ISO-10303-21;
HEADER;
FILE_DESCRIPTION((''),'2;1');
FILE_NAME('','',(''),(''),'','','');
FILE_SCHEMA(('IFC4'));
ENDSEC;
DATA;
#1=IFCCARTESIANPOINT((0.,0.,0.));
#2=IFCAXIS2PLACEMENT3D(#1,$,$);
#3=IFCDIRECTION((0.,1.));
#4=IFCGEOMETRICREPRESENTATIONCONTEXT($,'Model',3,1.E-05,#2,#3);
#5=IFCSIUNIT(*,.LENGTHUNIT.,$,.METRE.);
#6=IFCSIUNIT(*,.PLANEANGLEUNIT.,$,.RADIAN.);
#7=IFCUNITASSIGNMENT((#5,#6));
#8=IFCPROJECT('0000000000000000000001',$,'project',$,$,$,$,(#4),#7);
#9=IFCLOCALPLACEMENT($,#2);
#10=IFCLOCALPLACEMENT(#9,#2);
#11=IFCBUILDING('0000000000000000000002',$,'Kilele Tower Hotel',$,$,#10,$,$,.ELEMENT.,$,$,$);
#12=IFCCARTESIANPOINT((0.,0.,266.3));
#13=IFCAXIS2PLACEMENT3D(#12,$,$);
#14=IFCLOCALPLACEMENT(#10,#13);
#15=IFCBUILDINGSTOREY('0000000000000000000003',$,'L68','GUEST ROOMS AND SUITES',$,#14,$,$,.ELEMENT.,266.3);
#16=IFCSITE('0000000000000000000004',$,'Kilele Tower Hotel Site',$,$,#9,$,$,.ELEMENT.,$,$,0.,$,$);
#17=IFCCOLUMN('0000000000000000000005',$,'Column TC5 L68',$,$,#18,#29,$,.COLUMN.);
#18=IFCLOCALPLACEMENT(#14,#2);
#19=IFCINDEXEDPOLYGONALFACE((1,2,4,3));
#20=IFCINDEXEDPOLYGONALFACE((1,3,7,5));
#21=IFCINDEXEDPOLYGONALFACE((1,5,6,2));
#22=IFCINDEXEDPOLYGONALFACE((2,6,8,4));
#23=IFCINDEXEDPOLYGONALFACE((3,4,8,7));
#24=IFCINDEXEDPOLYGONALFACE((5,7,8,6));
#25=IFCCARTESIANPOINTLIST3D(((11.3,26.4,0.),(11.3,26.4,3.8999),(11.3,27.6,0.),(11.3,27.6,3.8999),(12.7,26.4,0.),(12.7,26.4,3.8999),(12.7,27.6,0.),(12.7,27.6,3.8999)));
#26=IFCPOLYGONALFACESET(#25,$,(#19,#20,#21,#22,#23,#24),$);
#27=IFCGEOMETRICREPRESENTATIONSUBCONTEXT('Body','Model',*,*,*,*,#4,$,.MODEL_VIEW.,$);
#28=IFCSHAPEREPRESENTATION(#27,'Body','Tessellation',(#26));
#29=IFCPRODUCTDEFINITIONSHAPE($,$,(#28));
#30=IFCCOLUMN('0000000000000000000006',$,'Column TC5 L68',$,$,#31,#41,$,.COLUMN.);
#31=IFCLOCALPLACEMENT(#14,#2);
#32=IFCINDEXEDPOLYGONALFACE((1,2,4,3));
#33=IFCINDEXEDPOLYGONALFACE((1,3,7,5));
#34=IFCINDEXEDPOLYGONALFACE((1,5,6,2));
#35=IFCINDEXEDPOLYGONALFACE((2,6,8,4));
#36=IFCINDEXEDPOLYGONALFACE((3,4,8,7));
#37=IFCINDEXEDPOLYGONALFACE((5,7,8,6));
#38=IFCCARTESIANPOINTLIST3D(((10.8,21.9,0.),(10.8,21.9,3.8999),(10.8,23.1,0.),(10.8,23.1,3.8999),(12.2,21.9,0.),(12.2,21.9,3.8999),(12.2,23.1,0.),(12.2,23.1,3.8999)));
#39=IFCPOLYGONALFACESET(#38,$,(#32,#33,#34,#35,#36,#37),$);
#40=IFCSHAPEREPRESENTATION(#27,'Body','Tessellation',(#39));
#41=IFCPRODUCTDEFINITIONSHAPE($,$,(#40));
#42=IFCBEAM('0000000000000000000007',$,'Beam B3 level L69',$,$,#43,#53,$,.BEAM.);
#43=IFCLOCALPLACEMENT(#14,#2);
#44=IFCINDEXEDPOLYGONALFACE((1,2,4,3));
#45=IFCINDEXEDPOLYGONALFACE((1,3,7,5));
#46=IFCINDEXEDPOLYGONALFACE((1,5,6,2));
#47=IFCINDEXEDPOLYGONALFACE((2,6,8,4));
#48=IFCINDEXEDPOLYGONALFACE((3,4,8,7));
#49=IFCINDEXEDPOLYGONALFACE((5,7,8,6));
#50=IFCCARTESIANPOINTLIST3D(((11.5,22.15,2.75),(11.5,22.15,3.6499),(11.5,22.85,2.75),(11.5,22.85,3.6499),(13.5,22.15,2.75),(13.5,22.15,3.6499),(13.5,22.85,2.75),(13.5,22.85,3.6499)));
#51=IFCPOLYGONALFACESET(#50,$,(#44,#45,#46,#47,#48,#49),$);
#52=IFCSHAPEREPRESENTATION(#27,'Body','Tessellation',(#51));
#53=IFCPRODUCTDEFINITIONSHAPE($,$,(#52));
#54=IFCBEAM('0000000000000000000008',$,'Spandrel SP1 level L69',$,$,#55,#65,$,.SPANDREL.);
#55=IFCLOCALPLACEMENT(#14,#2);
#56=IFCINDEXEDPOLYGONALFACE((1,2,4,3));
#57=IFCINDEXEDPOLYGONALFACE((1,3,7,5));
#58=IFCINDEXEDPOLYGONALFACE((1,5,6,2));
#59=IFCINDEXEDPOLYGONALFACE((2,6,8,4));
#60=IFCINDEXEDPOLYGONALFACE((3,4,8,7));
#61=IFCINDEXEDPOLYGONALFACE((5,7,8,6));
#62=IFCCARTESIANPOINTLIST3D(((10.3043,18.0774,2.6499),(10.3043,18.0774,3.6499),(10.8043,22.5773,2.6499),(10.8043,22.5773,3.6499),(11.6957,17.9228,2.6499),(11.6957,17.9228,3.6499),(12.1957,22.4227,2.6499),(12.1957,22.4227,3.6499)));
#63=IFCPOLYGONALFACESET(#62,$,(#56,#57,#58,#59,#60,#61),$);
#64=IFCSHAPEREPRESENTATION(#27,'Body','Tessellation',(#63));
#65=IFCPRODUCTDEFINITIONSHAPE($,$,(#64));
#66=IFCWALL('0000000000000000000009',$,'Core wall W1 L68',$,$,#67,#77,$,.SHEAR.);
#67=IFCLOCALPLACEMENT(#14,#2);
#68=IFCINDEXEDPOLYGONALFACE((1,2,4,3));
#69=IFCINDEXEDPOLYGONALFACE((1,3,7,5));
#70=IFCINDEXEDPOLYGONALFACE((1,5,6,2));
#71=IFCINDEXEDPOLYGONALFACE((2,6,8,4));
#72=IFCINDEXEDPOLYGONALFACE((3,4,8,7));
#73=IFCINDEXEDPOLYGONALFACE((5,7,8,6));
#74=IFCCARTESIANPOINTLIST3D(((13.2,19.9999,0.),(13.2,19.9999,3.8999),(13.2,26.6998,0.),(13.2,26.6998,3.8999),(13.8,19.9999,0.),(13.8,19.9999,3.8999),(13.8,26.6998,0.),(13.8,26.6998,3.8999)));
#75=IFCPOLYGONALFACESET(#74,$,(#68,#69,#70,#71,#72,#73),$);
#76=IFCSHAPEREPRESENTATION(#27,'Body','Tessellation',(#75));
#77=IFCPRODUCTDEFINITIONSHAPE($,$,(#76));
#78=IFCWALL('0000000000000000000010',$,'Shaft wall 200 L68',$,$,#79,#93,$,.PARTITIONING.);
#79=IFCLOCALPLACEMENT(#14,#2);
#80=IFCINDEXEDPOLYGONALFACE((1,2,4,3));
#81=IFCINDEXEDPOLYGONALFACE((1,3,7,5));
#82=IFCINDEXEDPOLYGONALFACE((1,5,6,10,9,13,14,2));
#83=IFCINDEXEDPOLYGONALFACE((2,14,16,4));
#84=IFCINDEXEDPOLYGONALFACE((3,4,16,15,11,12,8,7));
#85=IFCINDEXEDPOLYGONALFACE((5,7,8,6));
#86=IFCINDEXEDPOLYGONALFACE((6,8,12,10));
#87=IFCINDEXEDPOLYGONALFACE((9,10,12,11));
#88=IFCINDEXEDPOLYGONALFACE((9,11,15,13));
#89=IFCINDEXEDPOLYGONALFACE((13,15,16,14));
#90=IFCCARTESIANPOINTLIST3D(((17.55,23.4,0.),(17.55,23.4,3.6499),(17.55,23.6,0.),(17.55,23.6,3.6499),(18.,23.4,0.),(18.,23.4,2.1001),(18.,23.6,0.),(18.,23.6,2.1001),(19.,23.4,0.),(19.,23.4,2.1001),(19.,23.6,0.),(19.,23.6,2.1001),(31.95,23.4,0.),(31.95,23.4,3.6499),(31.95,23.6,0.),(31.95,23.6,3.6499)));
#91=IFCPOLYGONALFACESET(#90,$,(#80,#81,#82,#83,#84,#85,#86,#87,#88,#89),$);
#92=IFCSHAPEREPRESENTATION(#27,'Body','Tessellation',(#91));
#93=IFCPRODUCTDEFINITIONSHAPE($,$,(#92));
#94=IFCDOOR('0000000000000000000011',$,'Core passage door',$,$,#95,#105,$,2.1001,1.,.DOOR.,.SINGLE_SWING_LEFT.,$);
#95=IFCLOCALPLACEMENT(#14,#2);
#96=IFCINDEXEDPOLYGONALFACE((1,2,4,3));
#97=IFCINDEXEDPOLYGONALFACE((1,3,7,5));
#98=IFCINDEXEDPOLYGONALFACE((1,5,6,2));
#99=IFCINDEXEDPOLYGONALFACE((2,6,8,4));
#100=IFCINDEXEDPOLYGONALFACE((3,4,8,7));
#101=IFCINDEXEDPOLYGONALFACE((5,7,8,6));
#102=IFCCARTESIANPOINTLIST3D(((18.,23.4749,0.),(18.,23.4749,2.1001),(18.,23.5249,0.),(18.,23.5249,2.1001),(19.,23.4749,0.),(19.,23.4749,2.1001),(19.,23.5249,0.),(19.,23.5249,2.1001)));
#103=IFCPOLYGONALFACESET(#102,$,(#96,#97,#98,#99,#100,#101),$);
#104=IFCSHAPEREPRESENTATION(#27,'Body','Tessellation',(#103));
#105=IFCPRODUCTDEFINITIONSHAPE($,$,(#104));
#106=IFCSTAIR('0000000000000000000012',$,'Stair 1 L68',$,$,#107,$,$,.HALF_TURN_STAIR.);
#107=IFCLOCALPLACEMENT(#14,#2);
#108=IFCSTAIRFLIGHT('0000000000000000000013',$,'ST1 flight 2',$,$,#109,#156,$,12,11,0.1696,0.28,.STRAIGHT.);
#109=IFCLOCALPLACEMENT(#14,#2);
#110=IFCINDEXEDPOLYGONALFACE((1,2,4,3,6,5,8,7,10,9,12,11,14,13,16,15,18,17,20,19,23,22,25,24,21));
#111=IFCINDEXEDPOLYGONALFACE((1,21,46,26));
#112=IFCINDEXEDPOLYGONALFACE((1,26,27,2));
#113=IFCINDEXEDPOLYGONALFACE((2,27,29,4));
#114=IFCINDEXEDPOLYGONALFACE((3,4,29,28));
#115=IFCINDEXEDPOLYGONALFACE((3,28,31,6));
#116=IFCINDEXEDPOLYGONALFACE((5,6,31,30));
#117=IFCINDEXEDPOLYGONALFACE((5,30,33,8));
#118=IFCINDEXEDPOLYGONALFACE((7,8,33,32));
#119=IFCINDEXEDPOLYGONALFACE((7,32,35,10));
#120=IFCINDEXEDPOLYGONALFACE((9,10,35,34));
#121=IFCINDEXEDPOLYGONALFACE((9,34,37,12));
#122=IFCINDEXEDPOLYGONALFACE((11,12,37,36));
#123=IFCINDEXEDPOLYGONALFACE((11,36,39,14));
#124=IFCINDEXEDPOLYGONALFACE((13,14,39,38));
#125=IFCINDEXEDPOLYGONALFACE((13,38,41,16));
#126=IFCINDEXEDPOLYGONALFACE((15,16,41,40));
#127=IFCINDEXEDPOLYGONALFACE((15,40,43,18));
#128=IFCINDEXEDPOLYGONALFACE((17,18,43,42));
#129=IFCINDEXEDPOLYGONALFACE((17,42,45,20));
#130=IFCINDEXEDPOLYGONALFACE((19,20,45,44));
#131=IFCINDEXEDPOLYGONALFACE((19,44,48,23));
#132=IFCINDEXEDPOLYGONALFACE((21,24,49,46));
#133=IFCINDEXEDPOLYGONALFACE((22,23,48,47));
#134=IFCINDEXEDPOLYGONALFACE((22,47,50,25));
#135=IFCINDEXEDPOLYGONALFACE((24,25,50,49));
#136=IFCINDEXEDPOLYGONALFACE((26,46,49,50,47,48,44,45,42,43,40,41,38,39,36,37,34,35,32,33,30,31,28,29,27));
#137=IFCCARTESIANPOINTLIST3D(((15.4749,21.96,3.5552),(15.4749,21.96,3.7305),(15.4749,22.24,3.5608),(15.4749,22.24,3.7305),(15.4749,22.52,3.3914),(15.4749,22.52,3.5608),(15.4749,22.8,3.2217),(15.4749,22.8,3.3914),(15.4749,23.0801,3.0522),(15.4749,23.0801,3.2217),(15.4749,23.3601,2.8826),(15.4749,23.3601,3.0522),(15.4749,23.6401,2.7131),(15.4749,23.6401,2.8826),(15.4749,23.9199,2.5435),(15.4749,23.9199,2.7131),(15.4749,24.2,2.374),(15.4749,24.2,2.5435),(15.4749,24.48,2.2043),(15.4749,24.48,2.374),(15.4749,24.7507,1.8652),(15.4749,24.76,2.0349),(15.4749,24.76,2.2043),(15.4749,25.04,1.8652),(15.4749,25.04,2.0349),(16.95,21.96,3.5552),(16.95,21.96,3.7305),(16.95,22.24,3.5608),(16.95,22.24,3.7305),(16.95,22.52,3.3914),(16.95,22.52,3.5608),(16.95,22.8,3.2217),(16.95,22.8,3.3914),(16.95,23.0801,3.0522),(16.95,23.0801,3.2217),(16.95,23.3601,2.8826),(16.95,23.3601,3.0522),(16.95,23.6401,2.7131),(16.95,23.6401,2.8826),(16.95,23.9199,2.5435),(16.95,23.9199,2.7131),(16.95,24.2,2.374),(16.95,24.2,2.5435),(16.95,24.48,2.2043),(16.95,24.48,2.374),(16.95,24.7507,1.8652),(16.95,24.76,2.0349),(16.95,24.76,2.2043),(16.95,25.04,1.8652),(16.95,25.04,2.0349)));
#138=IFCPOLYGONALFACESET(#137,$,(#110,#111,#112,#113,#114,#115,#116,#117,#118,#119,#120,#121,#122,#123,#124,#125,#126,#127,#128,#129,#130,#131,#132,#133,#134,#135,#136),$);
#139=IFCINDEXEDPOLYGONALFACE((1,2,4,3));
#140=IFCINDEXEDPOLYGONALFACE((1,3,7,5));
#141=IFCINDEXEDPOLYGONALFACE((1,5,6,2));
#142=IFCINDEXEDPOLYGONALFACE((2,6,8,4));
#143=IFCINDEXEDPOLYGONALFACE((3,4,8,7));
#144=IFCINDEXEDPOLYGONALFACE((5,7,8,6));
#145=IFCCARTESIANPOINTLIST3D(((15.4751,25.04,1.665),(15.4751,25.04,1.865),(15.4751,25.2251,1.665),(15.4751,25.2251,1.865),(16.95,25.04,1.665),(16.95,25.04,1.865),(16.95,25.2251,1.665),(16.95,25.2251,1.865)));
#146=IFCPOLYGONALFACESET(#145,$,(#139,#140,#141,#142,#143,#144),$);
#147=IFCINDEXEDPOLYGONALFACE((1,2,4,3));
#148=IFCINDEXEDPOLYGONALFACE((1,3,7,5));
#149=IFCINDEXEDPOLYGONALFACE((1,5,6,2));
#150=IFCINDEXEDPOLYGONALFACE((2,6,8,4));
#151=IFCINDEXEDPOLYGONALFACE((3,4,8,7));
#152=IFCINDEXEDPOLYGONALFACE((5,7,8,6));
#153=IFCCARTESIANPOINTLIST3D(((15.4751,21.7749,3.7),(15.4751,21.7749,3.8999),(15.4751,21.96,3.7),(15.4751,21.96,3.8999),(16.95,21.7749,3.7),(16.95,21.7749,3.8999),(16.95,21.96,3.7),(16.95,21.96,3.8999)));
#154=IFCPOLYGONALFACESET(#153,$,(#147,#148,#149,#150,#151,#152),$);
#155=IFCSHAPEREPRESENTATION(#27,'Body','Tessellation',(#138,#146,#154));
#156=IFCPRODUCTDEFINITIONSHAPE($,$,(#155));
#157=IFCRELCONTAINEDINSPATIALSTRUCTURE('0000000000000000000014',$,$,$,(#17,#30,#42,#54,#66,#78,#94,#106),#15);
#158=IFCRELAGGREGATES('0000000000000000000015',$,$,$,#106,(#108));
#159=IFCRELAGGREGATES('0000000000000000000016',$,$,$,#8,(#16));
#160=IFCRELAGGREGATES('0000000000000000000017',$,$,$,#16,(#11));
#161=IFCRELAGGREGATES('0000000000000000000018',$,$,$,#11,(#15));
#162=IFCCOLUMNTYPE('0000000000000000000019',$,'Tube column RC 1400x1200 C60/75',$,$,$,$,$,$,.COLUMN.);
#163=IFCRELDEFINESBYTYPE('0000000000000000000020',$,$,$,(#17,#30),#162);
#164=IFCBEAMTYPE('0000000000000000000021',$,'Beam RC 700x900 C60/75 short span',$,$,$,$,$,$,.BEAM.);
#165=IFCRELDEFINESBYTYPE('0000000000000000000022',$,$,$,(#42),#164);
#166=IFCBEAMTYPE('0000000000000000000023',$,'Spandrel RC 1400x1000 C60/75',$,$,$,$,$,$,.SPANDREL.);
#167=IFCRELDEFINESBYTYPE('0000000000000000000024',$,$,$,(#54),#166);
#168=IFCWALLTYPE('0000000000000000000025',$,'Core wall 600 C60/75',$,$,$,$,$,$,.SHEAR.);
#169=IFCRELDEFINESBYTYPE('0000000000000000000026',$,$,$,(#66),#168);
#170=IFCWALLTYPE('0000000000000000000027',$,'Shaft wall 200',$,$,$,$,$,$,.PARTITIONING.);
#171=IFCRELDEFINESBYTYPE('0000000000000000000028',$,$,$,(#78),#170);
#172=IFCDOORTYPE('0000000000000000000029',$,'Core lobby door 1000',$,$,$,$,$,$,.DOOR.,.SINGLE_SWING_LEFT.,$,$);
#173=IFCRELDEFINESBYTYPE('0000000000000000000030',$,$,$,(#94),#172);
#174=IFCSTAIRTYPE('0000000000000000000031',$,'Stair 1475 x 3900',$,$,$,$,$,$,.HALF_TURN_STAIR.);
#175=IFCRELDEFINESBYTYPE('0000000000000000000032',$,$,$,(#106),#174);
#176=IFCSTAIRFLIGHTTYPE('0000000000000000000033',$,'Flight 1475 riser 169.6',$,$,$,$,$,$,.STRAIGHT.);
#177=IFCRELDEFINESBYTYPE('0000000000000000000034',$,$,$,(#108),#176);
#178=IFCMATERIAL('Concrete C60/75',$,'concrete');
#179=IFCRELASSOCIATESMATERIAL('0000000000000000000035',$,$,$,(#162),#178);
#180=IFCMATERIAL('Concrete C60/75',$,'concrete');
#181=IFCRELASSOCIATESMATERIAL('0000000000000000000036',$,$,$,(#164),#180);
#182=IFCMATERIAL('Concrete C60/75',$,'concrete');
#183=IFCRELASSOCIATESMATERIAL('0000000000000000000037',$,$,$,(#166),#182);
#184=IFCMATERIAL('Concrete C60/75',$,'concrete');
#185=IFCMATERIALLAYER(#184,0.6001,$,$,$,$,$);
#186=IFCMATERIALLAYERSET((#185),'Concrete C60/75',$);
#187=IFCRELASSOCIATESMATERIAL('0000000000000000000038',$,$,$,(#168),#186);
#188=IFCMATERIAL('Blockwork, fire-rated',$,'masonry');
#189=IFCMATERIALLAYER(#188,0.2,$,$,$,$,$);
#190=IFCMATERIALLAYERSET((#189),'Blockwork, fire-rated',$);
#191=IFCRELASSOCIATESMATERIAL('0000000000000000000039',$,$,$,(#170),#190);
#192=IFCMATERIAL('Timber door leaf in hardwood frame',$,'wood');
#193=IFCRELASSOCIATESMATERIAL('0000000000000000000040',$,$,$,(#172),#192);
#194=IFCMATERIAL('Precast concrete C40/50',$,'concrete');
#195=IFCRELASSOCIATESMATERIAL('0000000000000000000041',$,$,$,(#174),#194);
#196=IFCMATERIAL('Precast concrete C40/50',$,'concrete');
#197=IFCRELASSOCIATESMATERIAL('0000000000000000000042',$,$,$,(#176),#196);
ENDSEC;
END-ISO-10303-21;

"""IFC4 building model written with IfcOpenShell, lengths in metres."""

from ifc_helpers import new_model, si_unit, direction, frame, frame_2d, origin, origin_2d, place, context, subcontext, project, spatial, polyline, rectangle, outline, extrude, material, layer, layer_set, material_profile, profile_set, type_object, element, fill, aggregate, save


model = new_model("IFC4")

# Units and contexts
model_context = context("Model", 3, precision=1e-05, world=origin(), true_north=direction((0.0, 1.0)))
body_context = subcontext(model_context, "Body", "Model", "MODEL_VIEW")
ifc_project = project(units=[si_unit("LENGTHUNIT", "METRE"), si_unit("PLANEANGLEUNIT", "RADIAN")], contexts=[model_context])

# Site, building, storey
site_placement = place(None, origin())
site = spatial("IfcSite", under=ifc_project, at=site_placement, Name="Kilele Tower Hotel Site", CompositionType="ELEMENT", RefElevation=0.0)
building_placement = place(site_placement, origin())
building = spatial("IfcBuilding", under=site, at=building_placement, Name="Kilele Tower Hotel", CompositionType="ELEMENT")
storey_placement = place(building_placement, frame((0.0, 0.0, 266.3)))
storey = spatial("IfcBuildingStorey", under=building, at=storey_placement, Name="L68", Description="GUEST ROOMS AND SUITES", CompositionType="ELEMENT", Elevation=266.3)

# Columns
ifc_material_1 = material(Name="Concrete C60/75", Category="concrete")
ifc_material_profile_1 = material_profile(ifc_material_1, rectangle(XDim=1.3999, YDim=1.2, at=origin_2d()))
ifc_profile_set_1 = profile_set([ifc_material_profile_1], Name="Concrete C60/75")
column_type = type_object("IfcColumnType", Name="Tube column RC 1400x1200 C60/75", PredefinedType="COLUMN", material=ifc_profile_set_1)
for number, where, z_axis, x_axis, name in (
    (1, (12.0, 27.0, 0.0), (0.0, 0.0, 1.0), (1.0, 0.0, 0.0), "Column TC5 L68"),
    (2, (11.5, 22.5, 0.0), (0.0, 0.0, 1.0), (1.0, 0.0, 0.0), "Column TC5 L68"),
):
    element("IfcColumn", number, at=place(storey_placement, frame(where, z_axis=z_axis, x_axis=x_axis)), inside=storey, type_object=column_type, Name=name, PredefinedType="COLUMN", context=body_context, shape_type="SweptSolid", body=[
        extrude(rectangle(XDim=1.3999, YDim=1.2, at=origin_2d()), origin(), (0.0, 0.0, 1.0), 3.8999),
    ])

# Beams
ifc_material_2 = material(Name="Concrete C60/75", Category="concrete")
ifc_material_profile_2 = material_profile(ifc_material_2, rectangle(XDim=0.7, YDim=0.8999, at=origin_2d()))
ifc_profile_set_2 = profile_set([ifc_material_profile_2], Name="Concrete C60/75")
beam_type_1 = type_object("IfcBeamType", Name="Beam RC 700x900 C60/75 short span", PredefinedType="BEAM", material=ifc_profile_set_2)
beam_1_placement = place(storey_placement, frame((11.5, 22.5, 3.2), z_axis=(1.0, 0.0, 0.0), x_axis=(0.0, 1.0, 0.0)))
element("IfcBeam", 3, at=beam_1_placement, inside=storey, type_object=beam_type_1, Name="Beam B3 level L69", PredefinedType="BEAM", context=body_context, shape_type="SweptSolid", body=[
    extrude(rectangle(XDim=0.7, YDim=0.8999, at=origin_2d()), origin(), (0.0, 0.0, 1.0), 2.0),
])
ifc_material_3 = material(Name="Concrete C60/75", Category="concrete")
ifc_material_profile_3 = material_profile(ifc_material_3, rectangle(XDim=1.3999, YDim=1.0, at=origin_2d()))
ifc_profile_set_3 = profile_set([ifc_material_profile_3], Name="Concrete C60/75")
beam_type_2 = type_object("IfcBeamType", Name="Spandrel RC 1400x1000 C60/75", PredefinedType="SPANDREL", material=ifc_profile_set_3)
beam_2_placement = place(storey_placement, frame((11.5, 22.5, 3.1499), z_axis=(-0.110432, -0.993884, 0.0), x_axis=(0.993884, -0.110432, 0.0)))
element("IfcBeam", 4, at=beam_2_placement, inside=storey, type_object=beam_type_2, Name="Spandrel SP1 level L69", PredefinedType="SPANDREL", context=body_context, shape_type="SweptSolid", body=[
    extrude(rectangle(XDim=1.3999, YDim=1.0, at=origin_2d()), origin(), (0.0, 0.0, 1.0), 4.5276),
])

# Wall
ifc_material_4 = material(Name="Concrete C60/75", Category="concrete")
ifc_layer_1 = layer(ifc_material_4, 0.6001)
ifc_layer_set_1 = layer_set([ifc_layer_1], Name="Concrete C60/75")
wall_type_1 = type_object("IfcWallType", Name="Core wall 600 C60/75", PredefinedType="SHEAR", material=ifc_layer_set_1)
wall_1_placement = place(storey_placement, frame((13.5, 26.7, 0.0), z_axis=(0.0, 0.0, 1.0), x_axis=(0.0, -1.0, 0.0)))
element("IfcWall", 5, at=wall_1_placement, inside=storey, type_object=wall_type_1, Name="Core wall W1 L68", PredefinedType="SHEAR", context=body_context, shape_type="SweptSolid", body=[
    extrude(rectangle(XDim=6.7, YDim=0.6001, at=frame_2d((3.3501, 0.0))), origin(), (0.0, 0.0, 1.0), 3.8999),
])

# Wall, opening, door
ifc_material_5 = material(Name="Blockwork, fire-rated", Category="masonry")
ifc_layer_2 = layer(ifc_material_5, 0.2)
ifc_layer_set_2 = layer_set([ifc_layer_2], Name="Blockwork, fire-rated")
wall_type_2 = type_object("IfcWallType", Name="Shaft wall 200", PredefinedType="PARTITIONING", material=ifc_layer_set_2)
wall_2_placement = place(storey_placement, frame((17.55, 23.5, 0.0), z_axis=(0.0, 0.0, 1.0), x_axis=(1.0, 0.0, 0.0)))
wall_2 = element("IfcWall", 6, at=wall_2_placement, inside=storey, type_object=wall_type_2, Name="Shaft wall 200 L68", PredefinedType="PARTITIONING", context=body_context, shape_type="SweptSolid", body=[
    extrude(rectangle(XDim=14.3999, YDim=0.2, at=frame_2d((7.2, 0.0))), origin(), (0.0, 0.0, 1.0), 3.6499),
])
opening_placement = place(wall_2_placement, frame((0.45, 0.0, 0.0)))
opening = element("IfcOpeningElement", 7, at=opening_placement, cuts=wall_2, PredefinedType="OPENING", context=body_context, shape_type="SweptSolid", body=[
    extrude(rectangle(XDim=1.0, YDim=2.1001, at=frame_2d((0.5, 1.05))), frame((0.0, 0.1099, 0.0), z_axis=(0.0, -1.0, 0.0), x_axis=(1.0, 0.0, 0.0)), (0.0, 0.0, 1.0), 0.22),
])
ifc_material_6 = material(Name="Timber door leaf in hardwood frame", Category="wood")
door_type = type_object("IfcDoorType", Name="Core lobby door 1000", OperationType="SINGLE_SWING_LEFT", PredefinedType="DOOR", material=ifc_material_6)
door_placement = place(opening_placement, origin())
door = element("IfcDoor", 8, at=door_placement, inside=storey, type_object=door_type, Name="Core passage door", OperationType="SINGLE_SWING_LEFT", OverallHeight=2.1001, OverallWidth=1.0, PredefinedType="DOOR", context=body_context, shape_type="SweptSolid", body=[
    extrude(rectangle(XDim=1.0, YDim=2.1001, at=frame_2d((0.5, 1.05))), frame((0.0, 0.0249, 0.0), z_axis=(0.0, -1.0, 0.0), x_axis=(1.0, 0.0, 0.0)), (0.0, 0.0, 1.0), 0.05),
])
fill(opening, door)

# Stair, stair flight
ifc_material_7 = material(Name="Precast concrete C40/50", Category="concrete")
stair_type = type_object("IfcStairType", Name="Stair 1475 x 3900", PredefinedType="HALF_TURN_STAIR", material=ifc_material_7)
stair_placement = place(storey_placement, origin())
stair = element("IfcStair", 9, at=stair_placement, inside=storey, type_object=stair_type, Name="Stair 1 L68", PredefinedType="HALF_TURN_STAIR")
ifc_material_8 = material(Name="Precast concrete C40/50", Category="concrete")
stair_flight_type = type_object("IfcStairFlightType", Name="Flight 1475 riser 169.6", PredefinedType="STRAIGHT", material=ifc_material_8)
stair_flight_placement = place(storey_placement, frame((16.2124, 25.04, 1.8652), z_axis=(0.0, 0.0, 1.0), x_axis=(0.0, -1.0, 0.0)))
stair_flight = element("IfcStairFlight", 10, at=stair_flight_placement, type_object=stair_flight_type, Name="ST1 flight 2", NumberOfRisers=12, NumberOfTreads=11, PredefinedType="STRAIGHT", RiserHeight=0.1696, TreadLength=0.28, context=body_context, shape_type="SweptSolid", body=[
    extrude(outline(polyline([(0.0, 0.0), (0.0, 0.1697), (0.28, 0.1697), (0.28, 0.3391), (0.5601, 0.3391), (0.5601, 0.5088), (0.8401, 0.5088), (0.8401, 0.6782), (1.1201, 0.6782), (1.1201, 0.8479), (1.3999, 0.8479), (1.3999, 1.0173), (1.6799, 1.0173), (1.6799, 1.187), (1.96, 1.187), (1.96, 1.3564), (2.24, 1.3564), (2.24, 1.5261), (2.52, 1.5261), (2.52, 1.6956), (2.8, 1.6956), (2.8, 1.8652), (3.0801, 1.8652), (3.0801, 2.0347), (3.0801, 1.6899), (0.2893, 0.0), (0.0, 0.0)])), frame((0.0, 0.7375, 0.0), z_axis=(0.0, -1.0, 0.0), x_axis=(1.0, 0.0, 0.0)), (0.0, 0.0, 1.0), 1.4751),
    extrude(outline(polyline([(0.0, -0.7373), (0.0, 0.7375), (-0.1851, 0.7375), (-0.1851, -0.7373), (0.0, -0.7373)])), frame((0.0, 0.0, -0.2002)), (0.0, 0.0, 1.0), 0.2),
    extrude(outline(polyline([(3.2651, -0.7373), (3.2651, 0.7375), (3.0801, 0.7375), (3.0801, -0.7373), (3.2651, -0.7373)])), frame((0.0, 0.0, 1.8347)), (0.0, 0.0, 1.0), 0.2),
])
aggregate(stair, [stair_flight])

save(model, "model.ifc")
